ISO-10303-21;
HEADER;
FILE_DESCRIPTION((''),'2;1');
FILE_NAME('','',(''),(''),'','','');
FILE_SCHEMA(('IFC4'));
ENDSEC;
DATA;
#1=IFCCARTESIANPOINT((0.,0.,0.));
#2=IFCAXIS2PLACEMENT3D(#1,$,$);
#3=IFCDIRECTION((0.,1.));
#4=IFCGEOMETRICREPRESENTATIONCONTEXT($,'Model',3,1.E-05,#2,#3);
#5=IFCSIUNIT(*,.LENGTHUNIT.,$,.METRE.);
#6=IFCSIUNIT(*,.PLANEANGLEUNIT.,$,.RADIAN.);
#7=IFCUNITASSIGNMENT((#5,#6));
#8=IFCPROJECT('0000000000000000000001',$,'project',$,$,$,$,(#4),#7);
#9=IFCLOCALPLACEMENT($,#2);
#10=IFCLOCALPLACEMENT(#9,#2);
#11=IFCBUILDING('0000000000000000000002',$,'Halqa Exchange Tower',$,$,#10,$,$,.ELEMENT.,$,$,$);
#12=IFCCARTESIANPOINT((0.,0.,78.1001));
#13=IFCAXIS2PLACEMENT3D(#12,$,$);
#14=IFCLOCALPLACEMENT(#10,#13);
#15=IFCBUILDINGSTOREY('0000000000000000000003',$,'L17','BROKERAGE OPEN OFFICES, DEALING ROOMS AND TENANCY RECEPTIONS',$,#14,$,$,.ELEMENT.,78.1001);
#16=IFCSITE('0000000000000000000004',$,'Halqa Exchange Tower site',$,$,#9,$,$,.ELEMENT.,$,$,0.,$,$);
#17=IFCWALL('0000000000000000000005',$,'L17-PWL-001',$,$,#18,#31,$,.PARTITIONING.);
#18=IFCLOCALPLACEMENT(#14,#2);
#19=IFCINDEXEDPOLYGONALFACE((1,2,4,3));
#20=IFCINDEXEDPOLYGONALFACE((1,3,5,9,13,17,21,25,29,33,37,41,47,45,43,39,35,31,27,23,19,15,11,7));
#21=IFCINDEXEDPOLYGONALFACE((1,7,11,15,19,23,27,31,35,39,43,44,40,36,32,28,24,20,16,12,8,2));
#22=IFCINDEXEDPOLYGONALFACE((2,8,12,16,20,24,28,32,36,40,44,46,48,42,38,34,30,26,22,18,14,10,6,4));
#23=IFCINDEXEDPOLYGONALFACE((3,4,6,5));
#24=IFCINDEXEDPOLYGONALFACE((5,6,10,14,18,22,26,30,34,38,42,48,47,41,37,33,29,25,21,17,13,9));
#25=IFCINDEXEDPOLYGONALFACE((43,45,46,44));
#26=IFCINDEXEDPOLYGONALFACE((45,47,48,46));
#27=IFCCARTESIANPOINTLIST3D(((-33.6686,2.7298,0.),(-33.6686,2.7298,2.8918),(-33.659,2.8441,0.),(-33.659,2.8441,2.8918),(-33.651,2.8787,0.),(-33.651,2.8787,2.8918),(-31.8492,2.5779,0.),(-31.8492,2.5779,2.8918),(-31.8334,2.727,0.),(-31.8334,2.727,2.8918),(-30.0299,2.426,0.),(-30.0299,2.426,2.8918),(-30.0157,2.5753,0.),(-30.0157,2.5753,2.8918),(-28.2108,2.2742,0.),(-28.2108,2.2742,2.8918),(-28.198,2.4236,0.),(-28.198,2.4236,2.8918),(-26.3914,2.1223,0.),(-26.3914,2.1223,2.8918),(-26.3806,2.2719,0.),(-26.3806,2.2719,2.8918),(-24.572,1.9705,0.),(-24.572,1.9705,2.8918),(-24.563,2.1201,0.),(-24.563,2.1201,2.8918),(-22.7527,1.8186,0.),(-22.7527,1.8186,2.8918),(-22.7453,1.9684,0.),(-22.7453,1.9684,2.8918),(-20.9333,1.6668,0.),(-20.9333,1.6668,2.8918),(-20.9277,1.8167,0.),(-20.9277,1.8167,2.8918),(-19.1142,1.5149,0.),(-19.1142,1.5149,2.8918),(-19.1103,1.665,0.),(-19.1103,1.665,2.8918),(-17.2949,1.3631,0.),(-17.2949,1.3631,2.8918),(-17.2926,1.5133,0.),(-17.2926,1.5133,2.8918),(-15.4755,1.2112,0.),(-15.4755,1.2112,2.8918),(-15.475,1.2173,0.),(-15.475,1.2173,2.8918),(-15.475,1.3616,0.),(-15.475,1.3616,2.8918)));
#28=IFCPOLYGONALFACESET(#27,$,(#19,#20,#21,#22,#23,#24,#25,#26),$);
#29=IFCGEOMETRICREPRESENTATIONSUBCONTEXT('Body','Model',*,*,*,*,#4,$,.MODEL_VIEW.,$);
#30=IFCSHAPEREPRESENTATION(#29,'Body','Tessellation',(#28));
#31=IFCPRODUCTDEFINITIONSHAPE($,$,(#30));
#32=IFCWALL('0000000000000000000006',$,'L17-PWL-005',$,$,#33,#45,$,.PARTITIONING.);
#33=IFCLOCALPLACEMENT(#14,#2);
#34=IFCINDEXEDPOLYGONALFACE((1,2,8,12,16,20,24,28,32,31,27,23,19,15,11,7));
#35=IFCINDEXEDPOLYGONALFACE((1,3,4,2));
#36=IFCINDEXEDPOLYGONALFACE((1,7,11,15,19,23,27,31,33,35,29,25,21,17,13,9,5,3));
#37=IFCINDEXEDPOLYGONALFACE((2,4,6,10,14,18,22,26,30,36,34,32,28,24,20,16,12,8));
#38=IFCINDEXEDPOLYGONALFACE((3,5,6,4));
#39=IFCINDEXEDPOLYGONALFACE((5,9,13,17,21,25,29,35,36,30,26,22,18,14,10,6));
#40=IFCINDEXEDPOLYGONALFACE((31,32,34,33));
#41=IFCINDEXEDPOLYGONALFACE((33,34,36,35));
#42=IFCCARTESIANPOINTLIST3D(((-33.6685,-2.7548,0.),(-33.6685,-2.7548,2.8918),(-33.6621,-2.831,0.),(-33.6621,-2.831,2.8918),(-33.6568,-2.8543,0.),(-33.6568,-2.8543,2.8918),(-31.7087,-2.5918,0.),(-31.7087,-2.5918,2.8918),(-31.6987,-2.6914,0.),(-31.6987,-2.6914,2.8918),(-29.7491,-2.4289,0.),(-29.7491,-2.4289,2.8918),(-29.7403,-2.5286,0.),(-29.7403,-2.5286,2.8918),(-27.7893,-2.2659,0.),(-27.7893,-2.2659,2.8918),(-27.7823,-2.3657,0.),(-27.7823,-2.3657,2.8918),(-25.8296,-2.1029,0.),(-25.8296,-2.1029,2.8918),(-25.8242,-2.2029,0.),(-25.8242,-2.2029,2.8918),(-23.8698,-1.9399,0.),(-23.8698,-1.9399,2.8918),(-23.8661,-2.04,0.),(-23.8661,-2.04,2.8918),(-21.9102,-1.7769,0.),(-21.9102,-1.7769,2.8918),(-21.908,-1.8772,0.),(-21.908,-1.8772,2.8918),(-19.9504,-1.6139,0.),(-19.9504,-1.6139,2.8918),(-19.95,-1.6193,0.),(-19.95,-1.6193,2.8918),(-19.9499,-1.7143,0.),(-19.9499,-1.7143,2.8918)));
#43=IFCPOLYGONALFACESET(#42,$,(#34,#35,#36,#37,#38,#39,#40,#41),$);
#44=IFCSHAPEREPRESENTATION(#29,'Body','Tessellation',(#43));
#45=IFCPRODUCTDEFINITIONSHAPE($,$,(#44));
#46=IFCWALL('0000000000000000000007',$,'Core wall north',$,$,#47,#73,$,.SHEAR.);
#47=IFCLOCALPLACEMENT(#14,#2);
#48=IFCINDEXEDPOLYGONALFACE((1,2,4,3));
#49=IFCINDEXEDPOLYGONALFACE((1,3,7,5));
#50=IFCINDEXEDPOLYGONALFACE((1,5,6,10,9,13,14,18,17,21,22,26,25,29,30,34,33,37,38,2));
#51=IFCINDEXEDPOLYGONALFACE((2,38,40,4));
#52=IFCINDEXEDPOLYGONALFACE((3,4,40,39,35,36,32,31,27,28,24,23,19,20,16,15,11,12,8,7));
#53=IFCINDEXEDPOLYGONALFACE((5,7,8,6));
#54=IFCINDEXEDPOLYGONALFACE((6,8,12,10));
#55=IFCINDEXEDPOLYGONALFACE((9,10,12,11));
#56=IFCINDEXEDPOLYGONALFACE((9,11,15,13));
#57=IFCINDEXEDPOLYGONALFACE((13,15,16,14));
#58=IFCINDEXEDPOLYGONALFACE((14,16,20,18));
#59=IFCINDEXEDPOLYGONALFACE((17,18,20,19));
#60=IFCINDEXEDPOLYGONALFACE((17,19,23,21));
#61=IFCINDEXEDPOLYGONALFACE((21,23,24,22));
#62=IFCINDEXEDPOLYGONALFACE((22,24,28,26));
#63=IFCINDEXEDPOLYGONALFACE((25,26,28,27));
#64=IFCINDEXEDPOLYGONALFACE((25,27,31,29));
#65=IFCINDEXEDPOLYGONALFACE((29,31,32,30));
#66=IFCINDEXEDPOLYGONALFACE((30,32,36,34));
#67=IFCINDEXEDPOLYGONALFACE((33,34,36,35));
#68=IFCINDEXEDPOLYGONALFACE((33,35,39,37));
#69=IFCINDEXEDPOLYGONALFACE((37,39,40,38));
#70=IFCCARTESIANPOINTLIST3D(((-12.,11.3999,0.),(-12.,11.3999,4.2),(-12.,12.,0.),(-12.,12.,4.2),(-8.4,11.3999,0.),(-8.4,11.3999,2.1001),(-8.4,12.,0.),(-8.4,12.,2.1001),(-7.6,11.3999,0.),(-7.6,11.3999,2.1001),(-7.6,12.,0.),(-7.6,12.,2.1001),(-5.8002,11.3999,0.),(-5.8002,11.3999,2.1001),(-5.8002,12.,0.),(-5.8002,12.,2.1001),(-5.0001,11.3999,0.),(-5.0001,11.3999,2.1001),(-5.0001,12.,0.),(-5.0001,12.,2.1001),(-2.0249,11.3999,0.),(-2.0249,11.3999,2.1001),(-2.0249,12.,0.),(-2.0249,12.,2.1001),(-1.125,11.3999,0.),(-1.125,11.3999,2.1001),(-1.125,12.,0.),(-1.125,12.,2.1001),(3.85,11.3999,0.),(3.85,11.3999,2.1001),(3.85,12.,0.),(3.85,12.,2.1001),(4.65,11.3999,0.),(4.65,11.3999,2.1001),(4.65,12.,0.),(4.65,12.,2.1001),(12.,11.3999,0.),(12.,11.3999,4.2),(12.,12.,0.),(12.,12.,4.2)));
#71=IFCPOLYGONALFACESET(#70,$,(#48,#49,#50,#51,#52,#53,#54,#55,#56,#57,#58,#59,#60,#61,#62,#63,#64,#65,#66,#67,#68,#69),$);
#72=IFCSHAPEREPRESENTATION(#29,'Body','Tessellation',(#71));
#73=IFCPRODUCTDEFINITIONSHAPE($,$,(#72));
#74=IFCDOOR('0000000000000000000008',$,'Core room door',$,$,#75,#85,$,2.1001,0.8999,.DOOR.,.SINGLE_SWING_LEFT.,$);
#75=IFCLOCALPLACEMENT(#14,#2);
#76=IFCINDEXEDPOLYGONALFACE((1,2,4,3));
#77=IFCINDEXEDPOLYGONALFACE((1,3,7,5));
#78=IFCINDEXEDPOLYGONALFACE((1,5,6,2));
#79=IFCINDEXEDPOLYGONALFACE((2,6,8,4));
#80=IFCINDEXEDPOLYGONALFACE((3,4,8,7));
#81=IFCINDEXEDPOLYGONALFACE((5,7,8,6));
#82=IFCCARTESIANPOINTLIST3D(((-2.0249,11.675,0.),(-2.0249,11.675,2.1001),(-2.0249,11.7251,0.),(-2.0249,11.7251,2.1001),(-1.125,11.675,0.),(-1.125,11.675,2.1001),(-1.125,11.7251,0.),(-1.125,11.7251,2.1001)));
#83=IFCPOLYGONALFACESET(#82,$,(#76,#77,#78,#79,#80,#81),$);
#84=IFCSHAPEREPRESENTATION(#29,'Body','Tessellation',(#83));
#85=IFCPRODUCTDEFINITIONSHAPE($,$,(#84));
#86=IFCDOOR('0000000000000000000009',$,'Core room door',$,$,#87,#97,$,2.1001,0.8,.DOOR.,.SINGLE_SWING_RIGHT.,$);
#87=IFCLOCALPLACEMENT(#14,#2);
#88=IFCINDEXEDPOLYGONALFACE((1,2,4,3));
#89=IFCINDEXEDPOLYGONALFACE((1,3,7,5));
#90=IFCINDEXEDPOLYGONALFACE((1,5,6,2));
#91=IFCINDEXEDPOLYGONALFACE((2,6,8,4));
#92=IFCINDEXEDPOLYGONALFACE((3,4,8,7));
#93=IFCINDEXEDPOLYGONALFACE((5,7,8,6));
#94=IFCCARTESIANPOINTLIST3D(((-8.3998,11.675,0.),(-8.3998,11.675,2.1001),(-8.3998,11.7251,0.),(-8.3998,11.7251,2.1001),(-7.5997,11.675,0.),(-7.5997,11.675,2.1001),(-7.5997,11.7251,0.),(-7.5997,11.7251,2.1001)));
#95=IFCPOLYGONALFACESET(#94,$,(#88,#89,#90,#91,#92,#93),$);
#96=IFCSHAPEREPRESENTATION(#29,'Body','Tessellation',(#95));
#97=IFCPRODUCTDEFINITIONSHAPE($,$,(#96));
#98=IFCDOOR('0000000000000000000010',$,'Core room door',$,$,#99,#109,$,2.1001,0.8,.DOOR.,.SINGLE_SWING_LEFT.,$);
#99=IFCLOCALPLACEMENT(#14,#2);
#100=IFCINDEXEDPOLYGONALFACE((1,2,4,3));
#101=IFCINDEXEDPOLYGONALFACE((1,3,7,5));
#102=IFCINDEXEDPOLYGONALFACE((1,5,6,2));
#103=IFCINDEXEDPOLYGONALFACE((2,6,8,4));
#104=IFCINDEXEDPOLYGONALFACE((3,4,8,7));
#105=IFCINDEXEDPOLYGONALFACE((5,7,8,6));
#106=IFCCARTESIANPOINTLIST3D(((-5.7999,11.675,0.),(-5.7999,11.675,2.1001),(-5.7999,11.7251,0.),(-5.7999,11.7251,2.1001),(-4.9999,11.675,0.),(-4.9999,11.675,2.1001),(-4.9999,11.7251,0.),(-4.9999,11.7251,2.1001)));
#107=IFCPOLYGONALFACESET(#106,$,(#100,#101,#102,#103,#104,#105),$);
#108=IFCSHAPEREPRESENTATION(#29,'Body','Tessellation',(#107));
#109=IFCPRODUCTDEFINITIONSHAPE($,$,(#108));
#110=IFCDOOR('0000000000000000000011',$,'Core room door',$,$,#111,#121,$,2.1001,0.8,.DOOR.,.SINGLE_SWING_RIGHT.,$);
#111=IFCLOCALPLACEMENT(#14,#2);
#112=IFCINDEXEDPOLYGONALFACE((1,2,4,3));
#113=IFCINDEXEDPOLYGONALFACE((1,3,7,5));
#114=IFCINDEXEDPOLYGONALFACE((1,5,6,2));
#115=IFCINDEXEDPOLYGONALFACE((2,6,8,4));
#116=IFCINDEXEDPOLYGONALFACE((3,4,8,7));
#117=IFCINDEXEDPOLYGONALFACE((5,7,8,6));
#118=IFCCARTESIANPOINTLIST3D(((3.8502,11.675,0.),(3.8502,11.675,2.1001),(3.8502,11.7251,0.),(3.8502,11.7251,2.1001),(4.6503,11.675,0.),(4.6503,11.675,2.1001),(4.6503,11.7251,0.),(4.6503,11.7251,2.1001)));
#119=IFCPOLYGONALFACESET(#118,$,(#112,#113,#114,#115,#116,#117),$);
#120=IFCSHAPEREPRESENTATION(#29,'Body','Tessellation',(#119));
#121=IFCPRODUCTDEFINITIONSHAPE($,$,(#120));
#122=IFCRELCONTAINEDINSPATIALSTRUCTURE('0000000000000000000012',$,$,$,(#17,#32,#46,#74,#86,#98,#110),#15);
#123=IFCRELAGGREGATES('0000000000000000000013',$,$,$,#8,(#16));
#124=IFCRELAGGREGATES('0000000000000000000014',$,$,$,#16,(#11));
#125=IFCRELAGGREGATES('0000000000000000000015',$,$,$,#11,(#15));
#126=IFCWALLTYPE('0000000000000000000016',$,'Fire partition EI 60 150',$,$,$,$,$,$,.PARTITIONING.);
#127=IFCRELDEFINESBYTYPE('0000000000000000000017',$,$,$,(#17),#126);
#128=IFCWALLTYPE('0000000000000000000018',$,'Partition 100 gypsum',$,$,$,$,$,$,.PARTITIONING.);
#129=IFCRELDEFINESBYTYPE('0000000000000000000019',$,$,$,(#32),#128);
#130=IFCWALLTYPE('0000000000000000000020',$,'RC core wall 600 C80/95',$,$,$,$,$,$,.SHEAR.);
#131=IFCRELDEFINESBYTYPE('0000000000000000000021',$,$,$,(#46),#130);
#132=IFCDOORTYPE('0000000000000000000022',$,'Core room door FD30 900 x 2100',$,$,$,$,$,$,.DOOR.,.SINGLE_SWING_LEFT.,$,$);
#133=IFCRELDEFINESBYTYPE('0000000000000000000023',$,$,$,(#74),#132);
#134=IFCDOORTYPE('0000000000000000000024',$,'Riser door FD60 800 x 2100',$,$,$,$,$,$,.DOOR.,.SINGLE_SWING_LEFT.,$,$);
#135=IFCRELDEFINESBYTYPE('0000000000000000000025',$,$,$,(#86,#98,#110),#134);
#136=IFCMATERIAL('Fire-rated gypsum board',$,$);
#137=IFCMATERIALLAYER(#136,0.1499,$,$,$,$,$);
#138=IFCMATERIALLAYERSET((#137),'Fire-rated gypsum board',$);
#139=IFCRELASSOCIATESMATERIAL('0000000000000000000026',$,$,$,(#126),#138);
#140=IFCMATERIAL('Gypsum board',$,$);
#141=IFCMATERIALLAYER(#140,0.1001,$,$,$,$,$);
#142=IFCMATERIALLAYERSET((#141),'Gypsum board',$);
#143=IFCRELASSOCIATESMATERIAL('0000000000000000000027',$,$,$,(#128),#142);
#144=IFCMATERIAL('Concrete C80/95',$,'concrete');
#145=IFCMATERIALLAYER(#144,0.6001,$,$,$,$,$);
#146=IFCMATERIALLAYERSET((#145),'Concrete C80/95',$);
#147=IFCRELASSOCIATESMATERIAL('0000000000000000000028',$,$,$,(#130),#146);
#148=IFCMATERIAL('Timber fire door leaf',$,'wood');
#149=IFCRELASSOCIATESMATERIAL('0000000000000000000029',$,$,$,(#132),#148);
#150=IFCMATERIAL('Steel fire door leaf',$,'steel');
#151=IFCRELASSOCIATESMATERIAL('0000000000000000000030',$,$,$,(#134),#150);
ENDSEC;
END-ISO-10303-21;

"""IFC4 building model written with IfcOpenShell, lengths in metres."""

from ifc_helpers import new_model, si_unit, direction, frame, frame_2d, origin, place, context, subcontext, project, spatial, polyline, rectangle, outline, extrude, material, layer, layer_set, type_object, element, fill, save


model = new_model("IFC4")

# Units and contexts
model_context = context("Model", 3, precision=1e-05, world=origin(), true_north=direction((0.0, 1.0)))
body_context = subcontext(model_context, "Body", "Model", "MODEL_VIEW")
ifc_project = project(units=[si_unit("LENGTHUNIT", "METRE"), si_unit("PLANEANGLEUNIT", "RADIAN")], contexts=[model_context])

# Site, building, storey
site_placement = place(None, origin())
site = spatial("IfcSite", under=ifc_project, at=site_placement, Name="Halqa Exchange Tower site", CompositionType="ELEMENT", RefElevation=0.0)
building_placement = place(site_placement, origin())
building = spatial("IfcBuilding", under=site, at=building_placement, Name="Halqa Exchange Tower", CompositionType="ELEMENT")
storey_placement = place(building_placement, frame((0.0, 0.0, 78.1001)))
storey = spatial("IfcBuildingStorey", under=building, at=storey_placement, Name="L17", Description="BROKERAGE OPEN OFFICES, DEALING ROOMS AND TENANCY RECEPTIONS", CompositionType="ELEMENT", Elevation=78.1001)

# Walls
ifc_material_1 = material(Name="Fire-rated gypsum board")
ifc_layer_1 = layer(ifc_material_1, 0.1499)
ifc_layer_set_1 = layer_set([ifc_layer_1], Name="Fire-rated gypsum board")
wall_type_1 = type_object("IfcWallType", Name="Fire partition EI 60 150", PredefinedType="PARTITIONING", material=ifc_layer_set_1)
wall_1_placement = place(storey_placement, frame((-33.6624, 2.8044, 0.0), z_axis=(0.0, 0.0, 1.0), x_axis=(0.996535, -0.083179, 0.0)))
element("IfcWall", 1, at=wall_1_placement, inside=storey, type_object=wall_type_1, Name="L17-PWL-001", PredefinedType="PARTITIONING", context=body_context, shape_type="SweptSolid", body=[
    extrude(outline(polyline([(18.2563, -0.075), (18.2563, -0.0688), (18.2444, 0.075), (16.4204, 0.075), (14.5964, 0.075), (12.7727, 0.075), (10.9487, 0.075), (9.1248, 0.075), (7.3008, 0.075), (5.4771, 0.075), (3.6531, 0.075), (1.8291, 0.075), (0.0051, 0.075), (0.0, 0.0398), (0.0, -0.075), (1.8257, -0.075), (3.6514, -0.075), (5.4768, -0.075), (7.3025, -0.075), (9.1282, -0.075), (10.9539, -0.075), (12.7795, -0.075), (14.605, -0.075), (16.4307, -0.075), (18.2563, -0.075)])), origin(), (0.0, 0.0, 1.0), 2.8918),
])
ifc_material_2 = material(Name="Gypsum board")
ifc_layer_2 = layer(ifc_material_2, 0.1001)
ifc_layer_set_2 = layer_set([ifc_layer_2], Name="Gypsum board")
wall_type_2 = type_object("IfcWallType", Name="Partition 100 gypsum", PredefinedType="PARTITIONING", material=ifc_layer_set_2)
wall_2_placement = place(storey_placement, frame((-19.9463, -1.6638, 0.0), z_axis=(0.0, 0.0, 1.0), x_axis=(-0.99656, -0.08288, 0.0)))
element("IfcWall", 2, at=wall_2_placement, inside=storey, type_object=wall_type_2, Name="L17-PWL-005", PredefinedType="PARTITIONING", context=body_context, shape_type="SweptSolid", body=[
    extrude(outline(polyline([(13.7654, -0.05), (13.7654, 0.0264), (13.762, 0.05), (11.7971, 0.05), (9.832, 0.05), (7.8672, 0.05), (5.9023, 0.05), (3.9375, 0.05), (1.9727, 0.05), (0.0078, 0.05), (0.0, -0.0447), (0.0, -0.05), (1.9666, -0.05), (3.9329, -0.05), (5.8994, -0.05), (7.866, -0.05), (9.8325, -0.05), (11.7988, -0.05), (13.7654, -0.05)])), origin(), (0.0, 0.0, 1.0), 2.8918),
])

# Wall, openings, doors
ifc_material_3 = material(Name="Concrete C80/95", Category="concrete")
ifc_layer_3 = layer(ifc_material_3, 0.6001)
ifc_layer_set_3 = layer_set([ifc_layer_3], Name="Concrete C80/95")
wall_type_3 = type_object("IfcWallType", Name="RC core wall 600 C80/95", PredefinedType="SHEAR", material=ifc_layer_set_3)
wall_3_placement = place(storey_placement, frame((-12.0, 11.7, 0.0), z_axis=(0.0, 0.0, 1.0), x_axis=(1.0, 0.0, 0.0)))
wall_3 = element("IfcWall", 3, at=wall_3_placement, inside=storey, type_object=wall_type_3, Name="Core wall north", PredefinedType="SHEAR", context=body_context, shape_type="SweptSolid", body=[
    extrude(rectangle(XDim=24.0, YDim=0.6001, at=frame_2d((12.0, 0.0))), origin(), (0.0, 0.0, 1.0), 4.2),
])
opening_1_placement = place(wall_3_placement, frame((9.9751, 0.0, 0.0)))
opening_1 = element("IfcOpeningElement", 4, at=opening_1_placement, cuts=wall_3, PredefinedType="OPENING", context=body_context, shape_type="SweptSolid", body=[
    extrude(rectangle(XDim=0.8999, YDim=2.1001, at=frame_2d((0.45, 1.05))), frame((0.0, 0.312, 0.0), z_axis=(0.0, -1.0, 0.0), x_axis=(1.0, 0.0, 0.0)), (0.0, 0.0, 1.0), 0.624),
])
opening_2_placement = place(wall_3_placement, frame((3.6001, 0.0, 0.0)))
opening_2 = element("IfcOpeningElement", 5, at=opening_2_placement, cuts=wall_3, PredefinedType="OPENING", context=body_context, shape_type="SweptSolid", body=[
    extrude(rectangle(XDim=0.8, YDim=2.1001, at=frame_2d((0.3999, 1.05))), frame((0.0, 0.312, 0.0), z_axis=(0.0, -1.0, 0.0), x_axis=(1.0, 0.0, 0.0)), (0.0, 0.0, 1.0), 0.624),
])
opening_3_placement = place(wall_3_placement, frame((6.2, 0.0, 0.0)))
opening_3 = element("IfcOpeningElement", 6, at=opening_3_placement, cuts=wall_3, PredefinedType="OPENING", context=body_context, shape_type="SweptSolid", body=[
    extrude(rectangle(XDim=0.8, YDim=2.1001, at=frame_2d((0.3999, 1.05))), frame((0.0, 0.312, 0.0), z_axis=(0.0, -1.0, 0.0), x_axis=(1.0, 0.0, 0.0)), (0.0, 0.0, 1.0), 0.624),
])
opening_4_placement = place(wall_3_placement, frame((15.8501, 0.0, 0.0)))
opening_4 = element("IfcOpeningElement", 7, at=opening_4_placement, cuts=wall_3, PredefinedType="OPENING", context=body_context, shape_type="SweptSolid", body=[
    extrude(rectangle(XDim=0.8, YDim=2.1001, at=frame_2d((0.3999, 1.05))), frame((0.0, 0.312, 0.0), z_axis=(0.0, -1.0, 0.0), x_axis=(1.0, 0.0, 0.0)), (0.0, 0.0, 1.0), 0.624),
])
ifc_material_4 = material(Name="Timber fire door leaf", Category="wood")
door_type_1 = type_object("IfcDoorType", Name="Core room door FD30 900 x 2100", OperationType="SINGLE_SWING_LEFT", PredefinedType="DOOR", material=ifc_material_4)
door_1_placement = place(opening_1_placement, frame((0.8999, 0.0, 0.0), z_axis=(0.0, 0.0, 1.0), x_axis=(-1.0, 0.0, 0.0)))
door_1 = element("IfcDoor", 8, at=door_1_placement, inside=storey, type_object=door_type_1, Name="Core room door", OperationType="SINGLE_SWING_LEFT", OverallHeight=2.1001, OverallWidth=0.8999, PredefinedType="DOOR", context=body_context, shape_type="SweptSolid", body=[
    extrude(rectangle(XDim=0.8999, YDim=2.1001, at=frame_2d((0.45, 1.05))), frame((0.0, 0.0249, 0.0), z_axis=(0.0, -1.0, 0.0), x_axis=(1.0, 0.0, 0.0)), (0.0, 0.0, 1.0), 0.05),
])
fill(opening_1, door_1)
ifc_material_5 = material(Name="Steel fire door leaf", Category="steel")
door_type_2 = type_object("IfcDoorType", Name="Riser door FD60 800 x 2100", OperationType="SINGLE_SWING_LEFT", PredefinedType="DOOR", material=ifc_material_5)
door_2_placement = place(opening_2_placement, frame((0.8, 0.0, 0.0), z_axis=(0.0, 0.0, 1.0), x_axis=(-1.0, 0.0, 0.0)))
door_2 = element("IfcDoor", 9, at=door_2_placement, inside=storey, type_object=door_type_2, Name="Core room door", OperationType="SINGLE_SWING_RIGHT", OverallHeight=2.1001, OverallWidth=0.8, PredefinedType="DOOR", context=body_context, shape_type="SweptSolid", body=[
    extrude(rectangle(XDim=0.8, YDim=2.1001, at=frame_2d((0.3999, 1.05))), frame((0.0, 0.0249, 0.0), z_axis=(0.0, -1.0, 0.0), x_axis=(1.0, 0.0, 0.0)), (0.0, 0.0, 1.0), 0.05),
])
fill(opening_2, door_2)
door_3_placement = place(opening_3_placement, frame((0.8, 0.0, 0.0), z_axis=(0.0, 0.0, 1.0), x_axis=(-1.0, 0.0, 0.0)))
door_3 = element("IfcDoor", 10, at=door_3_placement, inside=storey, type_object=door_type_2, Name="Core room door", OperationType="SINGLE_SWING_LEFT", OverallHeight=2.1001, OverallWidth=0.8, PredefinedType="DOOR", context=body_context, shape_type="SweptSolid", body=[
    extrude(rectangle(XDim=0.8, YDim=2.1001, at=frame_2d((0.3999, 1.05))), frame((0.0, 0.0249, 0.0), z_axis=(0.0, -1.0, 0.0), x_axis=(1.0, 0.0, 0.0)), (0.0, 0.0, 1.0), 0.05),
])
fill(opening_3, door_3)
door_4_placement = place(opening_4_placement, frame((0.8, 0.0, 0.0), z_axis=(0.0, 0.0, 1.0), x_axis=(-1.0, 0.0, 0.0)))
door_4 = element("IfcDoor", 11, at=door_4_placement, inside=storey, type_object=door_type_2, Name="Core room door", OperationType="SINGLE_SWING_RIGHT", OverallHeight=2.1001, OverallWidth=0.8, PredefinedType="DOOR", context=body_context, shape_type="SweptSolid", body=[
    extrude(rectangle(XDim=0.8, YDim=2.1001, at=frame_2d((0.3999, 1.05))), frame((0.0, 0.0249, 0.0), z_axis=(0.0, -1.0, 0.0), x_axis=(1.0, 0.0, 0.0)), (0.0, 0.0, 1.0), 0.05),
])
fill(opening_4, door_4)

save(model, "model.ifc")
